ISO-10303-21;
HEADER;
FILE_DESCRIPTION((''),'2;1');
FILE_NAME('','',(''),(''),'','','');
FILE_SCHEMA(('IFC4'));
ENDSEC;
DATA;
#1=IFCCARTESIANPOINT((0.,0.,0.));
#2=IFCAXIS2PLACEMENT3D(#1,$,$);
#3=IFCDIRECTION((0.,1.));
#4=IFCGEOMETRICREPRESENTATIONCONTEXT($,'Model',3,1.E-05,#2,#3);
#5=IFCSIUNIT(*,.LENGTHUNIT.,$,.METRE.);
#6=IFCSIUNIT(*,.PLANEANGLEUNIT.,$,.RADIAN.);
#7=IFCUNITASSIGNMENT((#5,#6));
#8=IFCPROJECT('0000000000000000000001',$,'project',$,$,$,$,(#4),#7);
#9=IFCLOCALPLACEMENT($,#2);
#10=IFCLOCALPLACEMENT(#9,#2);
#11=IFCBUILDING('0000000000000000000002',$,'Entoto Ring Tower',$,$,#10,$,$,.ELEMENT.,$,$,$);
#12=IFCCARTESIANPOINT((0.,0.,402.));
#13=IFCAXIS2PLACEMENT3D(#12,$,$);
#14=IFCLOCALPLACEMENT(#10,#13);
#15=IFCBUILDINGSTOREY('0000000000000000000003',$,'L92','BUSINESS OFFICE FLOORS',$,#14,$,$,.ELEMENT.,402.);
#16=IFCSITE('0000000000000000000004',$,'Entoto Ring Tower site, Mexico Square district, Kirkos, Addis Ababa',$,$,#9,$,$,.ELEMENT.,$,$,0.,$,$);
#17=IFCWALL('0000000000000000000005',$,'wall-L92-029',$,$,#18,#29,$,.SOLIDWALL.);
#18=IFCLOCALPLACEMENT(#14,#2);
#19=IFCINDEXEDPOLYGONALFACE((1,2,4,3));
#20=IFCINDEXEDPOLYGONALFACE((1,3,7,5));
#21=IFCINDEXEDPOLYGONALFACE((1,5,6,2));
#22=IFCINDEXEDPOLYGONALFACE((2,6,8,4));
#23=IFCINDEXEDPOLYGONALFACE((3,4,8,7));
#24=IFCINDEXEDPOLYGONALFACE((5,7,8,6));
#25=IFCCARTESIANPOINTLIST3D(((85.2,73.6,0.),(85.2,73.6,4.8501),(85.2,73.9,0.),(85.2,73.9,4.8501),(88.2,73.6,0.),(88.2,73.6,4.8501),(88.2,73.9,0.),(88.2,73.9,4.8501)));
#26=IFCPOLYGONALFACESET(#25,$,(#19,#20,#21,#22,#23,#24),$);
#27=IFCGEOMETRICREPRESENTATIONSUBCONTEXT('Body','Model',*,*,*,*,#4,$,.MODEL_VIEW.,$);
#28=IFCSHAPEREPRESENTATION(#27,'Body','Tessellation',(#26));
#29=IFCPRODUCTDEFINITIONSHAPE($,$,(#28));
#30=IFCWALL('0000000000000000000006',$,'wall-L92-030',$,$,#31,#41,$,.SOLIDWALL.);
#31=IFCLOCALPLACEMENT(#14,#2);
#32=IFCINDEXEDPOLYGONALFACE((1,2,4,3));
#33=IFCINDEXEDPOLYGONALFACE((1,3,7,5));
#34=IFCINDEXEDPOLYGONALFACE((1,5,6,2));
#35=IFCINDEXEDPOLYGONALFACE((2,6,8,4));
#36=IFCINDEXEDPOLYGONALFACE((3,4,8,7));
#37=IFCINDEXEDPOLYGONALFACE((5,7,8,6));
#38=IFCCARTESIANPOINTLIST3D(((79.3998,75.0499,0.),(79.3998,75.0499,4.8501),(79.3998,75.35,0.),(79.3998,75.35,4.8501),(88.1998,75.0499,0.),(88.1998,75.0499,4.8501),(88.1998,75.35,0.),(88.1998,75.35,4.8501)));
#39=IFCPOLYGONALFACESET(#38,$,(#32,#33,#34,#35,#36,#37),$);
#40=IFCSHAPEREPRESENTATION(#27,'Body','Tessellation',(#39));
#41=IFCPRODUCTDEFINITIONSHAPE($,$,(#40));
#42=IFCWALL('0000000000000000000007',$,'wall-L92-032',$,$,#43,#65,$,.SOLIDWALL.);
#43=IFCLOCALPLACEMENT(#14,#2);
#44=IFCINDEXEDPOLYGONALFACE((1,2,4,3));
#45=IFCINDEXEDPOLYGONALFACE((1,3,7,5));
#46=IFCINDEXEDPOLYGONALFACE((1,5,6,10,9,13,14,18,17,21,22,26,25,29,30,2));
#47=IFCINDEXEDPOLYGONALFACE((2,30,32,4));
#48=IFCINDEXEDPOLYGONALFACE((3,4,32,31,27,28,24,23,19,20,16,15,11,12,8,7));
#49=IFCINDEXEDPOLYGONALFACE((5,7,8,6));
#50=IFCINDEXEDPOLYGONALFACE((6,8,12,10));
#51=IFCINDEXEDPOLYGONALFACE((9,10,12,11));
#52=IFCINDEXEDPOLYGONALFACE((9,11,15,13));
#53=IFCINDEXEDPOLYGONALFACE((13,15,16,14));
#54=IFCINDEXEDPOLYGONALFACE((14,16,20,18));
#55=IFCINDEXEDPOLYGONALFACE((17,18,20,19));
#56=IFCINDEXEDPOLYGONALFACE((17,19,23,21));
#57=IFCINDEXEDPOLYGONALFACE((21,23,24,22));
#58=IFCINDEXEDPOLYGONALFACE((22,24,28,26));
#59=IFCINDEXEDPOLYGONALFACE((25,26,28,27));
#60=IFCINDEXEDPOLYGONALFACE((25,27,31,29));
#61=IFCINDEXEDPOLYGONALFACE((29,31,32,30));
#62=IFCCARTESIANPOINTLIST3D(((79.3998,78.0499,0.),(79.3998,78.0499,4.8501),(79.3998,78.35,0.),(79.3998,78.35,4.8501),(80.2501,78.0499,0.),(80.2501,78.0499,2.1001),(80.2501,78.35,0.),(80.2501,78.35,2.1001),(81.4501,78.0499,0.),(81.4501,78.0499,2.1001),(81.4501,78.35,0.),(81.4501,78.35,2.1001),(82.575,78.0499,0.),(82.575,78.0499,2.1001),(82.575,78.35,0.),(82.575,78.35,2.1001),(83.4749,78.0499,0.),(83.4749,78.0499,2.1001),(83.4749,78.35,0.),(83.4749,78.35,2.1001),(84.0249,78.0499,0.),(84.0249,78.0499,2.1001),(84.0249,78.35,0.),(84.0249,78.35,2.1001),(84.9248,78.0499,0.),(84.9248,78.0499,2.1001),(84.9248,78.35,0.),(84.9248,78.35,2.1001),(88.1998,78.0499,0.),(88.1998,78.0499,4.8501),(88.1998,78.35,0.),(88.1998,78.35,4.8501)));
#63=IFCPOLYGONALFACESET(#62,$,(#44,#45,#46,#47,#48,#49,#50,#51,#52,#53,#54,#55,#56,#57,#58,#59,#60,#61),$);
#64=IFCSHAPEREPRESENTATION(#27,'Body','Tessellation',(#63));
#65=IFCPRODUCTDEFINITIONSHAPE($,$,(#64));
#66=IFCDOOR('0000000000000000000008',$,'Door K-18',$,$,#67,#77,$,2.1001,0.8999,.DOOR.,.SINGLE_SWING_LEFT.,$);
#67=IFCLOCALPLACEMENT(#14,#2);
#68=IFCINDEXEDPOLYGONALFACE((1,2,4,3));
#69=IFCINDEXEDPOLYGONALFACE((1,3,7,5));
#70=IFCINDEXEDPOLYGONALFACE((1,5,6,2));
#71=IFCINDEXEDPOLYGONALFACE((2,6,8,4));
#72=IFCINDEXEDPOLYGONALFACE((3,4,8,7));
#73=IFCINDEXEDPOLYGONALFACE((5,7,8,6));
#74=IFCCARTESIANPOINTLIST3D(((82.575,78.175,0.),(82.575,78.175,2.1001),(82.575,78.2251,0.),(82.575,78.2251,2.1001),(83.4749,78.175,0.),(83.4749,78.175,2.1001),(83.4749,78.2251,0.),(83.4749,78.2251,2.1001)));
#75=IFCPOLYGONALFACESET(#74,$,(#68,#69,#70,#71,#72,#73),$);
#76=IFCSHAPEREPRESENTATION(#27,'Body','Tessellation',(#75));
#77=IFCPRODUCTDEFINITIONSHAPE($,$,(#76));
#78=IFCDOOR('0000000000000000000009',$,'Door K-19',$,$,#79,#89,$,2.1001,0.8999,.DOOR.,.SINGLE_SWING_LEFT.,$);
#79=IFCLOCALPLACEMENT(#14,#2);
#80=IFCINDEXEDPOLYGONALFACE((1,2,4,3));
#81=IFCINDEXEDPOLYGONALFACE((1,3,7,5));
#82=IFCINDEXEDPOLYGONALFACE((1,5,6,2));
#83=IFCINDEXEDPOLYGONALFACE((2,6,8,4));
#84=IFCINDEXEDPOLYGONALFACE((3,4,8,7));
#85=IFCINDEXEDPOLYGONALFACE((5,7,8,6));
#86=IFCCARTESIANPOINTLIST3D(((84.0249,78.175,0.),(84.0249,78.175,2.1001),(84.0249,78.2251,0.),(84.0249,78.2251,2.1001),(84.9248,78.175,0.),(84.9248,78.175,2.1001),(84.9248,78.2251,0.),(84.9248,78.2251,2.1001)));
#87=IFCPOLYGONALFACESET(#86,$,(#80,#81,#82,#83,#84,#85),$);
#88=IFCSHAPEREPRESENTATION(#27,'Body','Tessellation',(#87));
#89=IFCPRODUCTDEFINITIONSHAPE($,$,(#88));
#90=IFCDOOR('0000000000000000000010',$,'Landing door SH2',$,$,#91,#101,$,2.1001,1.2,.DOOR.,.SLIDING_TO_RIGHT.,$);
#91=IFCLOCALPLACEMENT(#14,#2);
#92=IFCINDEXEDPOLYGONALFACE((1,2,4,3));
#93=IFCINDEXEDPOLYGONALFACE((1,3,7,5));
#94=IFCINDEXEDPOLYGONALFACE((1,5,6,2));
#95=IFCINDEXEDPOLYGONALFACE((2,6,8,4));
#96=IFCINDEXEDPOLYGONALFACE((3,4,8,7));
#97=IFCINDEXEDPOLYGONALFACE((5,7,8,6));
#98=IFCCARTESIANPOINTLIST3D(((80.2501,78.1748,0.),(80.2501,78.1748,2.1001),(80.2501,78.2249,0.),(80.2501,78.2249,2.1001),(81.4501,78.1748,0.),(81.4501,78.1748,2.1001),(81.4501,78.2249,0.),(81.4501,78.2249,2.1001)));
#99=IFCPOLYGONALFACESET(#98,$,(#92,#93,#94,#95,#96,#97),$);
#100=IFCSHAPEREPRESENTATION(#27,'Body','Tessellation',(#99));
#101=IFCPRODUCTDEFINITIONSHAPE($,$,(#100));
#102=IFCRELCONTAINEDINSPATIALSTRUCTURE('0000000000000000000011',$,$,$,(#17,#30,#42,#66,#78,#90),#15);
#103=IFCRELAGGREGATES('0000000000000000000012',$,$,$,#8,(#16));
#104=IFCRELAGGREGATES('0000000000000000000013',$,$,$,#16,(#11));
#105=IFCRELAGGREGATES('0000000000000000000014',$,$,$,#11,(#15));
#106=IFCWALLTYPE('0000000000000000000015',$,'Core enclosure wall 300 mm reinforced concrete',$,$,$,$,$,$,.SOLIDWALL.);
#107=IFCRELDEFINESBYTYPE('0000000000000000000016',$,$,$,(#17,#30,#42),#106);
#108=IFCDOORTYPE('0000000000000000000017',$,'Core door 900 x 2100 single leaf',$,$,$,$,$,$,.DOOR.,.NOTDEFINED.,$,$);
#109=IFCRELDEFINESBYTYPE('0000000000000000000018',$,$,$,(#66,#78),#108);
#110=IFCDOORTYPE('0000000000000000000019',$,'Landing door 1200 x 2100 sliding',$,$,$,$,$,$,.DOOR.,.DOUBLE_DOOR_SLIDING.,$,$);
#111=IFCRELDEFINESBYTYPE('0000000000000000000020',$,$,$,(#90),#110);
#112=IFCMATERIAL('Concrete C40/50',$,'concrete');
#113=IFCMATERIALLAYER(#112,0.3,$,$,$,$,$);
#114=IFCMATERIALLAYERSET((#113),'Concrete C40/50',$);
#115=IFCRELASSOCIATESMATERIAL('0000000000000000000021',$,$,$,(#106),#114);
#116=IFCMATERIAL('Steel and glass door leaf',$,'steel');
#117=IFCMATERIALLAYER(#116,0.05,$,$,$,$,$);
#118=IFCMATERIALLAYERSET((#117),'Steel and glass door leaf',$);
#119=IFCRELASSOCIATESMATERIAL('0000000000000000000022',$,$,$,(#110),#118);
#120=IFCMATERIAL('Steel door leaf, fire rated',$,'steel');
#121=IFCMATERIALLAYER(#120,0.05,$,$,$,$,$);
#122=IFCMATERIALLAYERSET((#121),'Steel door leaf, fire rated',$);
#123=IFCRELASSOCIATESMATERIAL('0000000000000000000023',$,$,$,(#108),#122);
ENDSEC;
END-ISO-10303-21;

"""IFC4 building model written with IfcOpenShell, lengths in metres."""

from ifc_helpers import new_model, si_unit, direction, frame, frame_2d, origin, place, context, subcontext, project, spatial, rectangle, extrude, material, layer, layer_set, type_object, element, fill, save


model = new_model("IFC4")

# Units and contexts
model_context = context("Model", 3, precision=1e-05, world=origin(), true_north=direction((0.0, 1.0)))
body_context = subcontext(model_context, "Body", "Model", "MODEL_VIEW")
ifc_project = project(units=[si_unit("LENGTHUNIT", "METRE"), si_unit("PLANEANGLEUNIT", "RADIAN")], contexts=[model_context])

# Site, building, storey
site_placement = place(None, origin())
site = spatial("IfcSite", under=ifc_project, at=site_placement, Name="Entoto Ring Tower site, Mexico Square district, Kirkos, Addis Ababa", CompositionType="ELEMENT", RefElevation=0.0)
building_placement = place(site_placement, origin())
building = spatial("IfcBuilding", under=site, at=building_placement, Name="Entoto Ring Tower", CompositionType="ELEMENT")
storey_placement = place(building_placement, frame((0.0, 0.0, 402.0)))
storey = spatial("IfcBuildingStorey", under=building, at=storey_placement, Name="L92", Description="BUSINESS OFFICE FLOORS", CompositionType="ELEMENT", Elevation=402.0)

# Shared definitions
ifc_material_1 = material(Name="Concrete C40/50", Category="concrete")
ifc_layer_1 = layer(ifc_material_1, 0.3)
ifc_layer_set_1 = layer_set([ifc_layer_1], Name="Concrete C40/50")
wall_type = type_object("IfcWallType", Name="Core enclosure wall 300 mm reinforced concrete", PredefinedType="SOLIDWALL", material=ifc_layer_set_1)
ifc_material_2 = material(Name="Steel and glass door leaf", Category="steel")
ifc_layer_2 = layer(ifc_material_2, 0.05)
ifc_layer_set_2 = layer_set([ifc_layer_2], Name="Steel and glass door leaf")
door_type_1 = type_object("IfcDoorType", Name="Landing door 1200 x 2100 sliding", OperationType="DOUBLE_DOOR_SLIDING", PredefinedType="DOOR", material=ifc_layer_set_2)

# Walls
wall_1_placement = place(storey_placement, frame((85.2, 73.75, 0.0), z_axis=(0.0, 0.0, 1.0), x_axis=(1.0, 0.0, 0.0)))
element("IfcWall", 1, at=wall_1_placement, inside=storey, type_object=wall_type, Name="wall-L92-029", PredefinedType="SOLIDWALL", context=body_context, shape_type="SweptSolid", body=[
    extrude(rectangle(XDim=3.0, YDim=0.3, at=frame_2d((1.5, 0.0))), origin(), (0.0, 0.0, 1.0), 4.8501),
])
wall_2_placement = place(storey_placement, frame((79.3999, 75.2, 0.0), z_axis=(0.0, 0.0, 1.0), x_axis=(1.0, 0.0, 0.0)))
element("IfcWall", 2, at=wall_2_placement, inside=storey, type_object=wall_type, Name="wall-L92-030", PredefinedType="SOLIDWALL", context=body_context, shape_type="SweptSolid", body=[
    extrude(rectangle(XDim=8.8, YDim=0.3, at=frame_2d((4.3999, 0.0))), origin(), (0.0, 0.0, 1.0), 4.8501),
])

# Wall, openings, doors
wall_3_placement = place(storey_placement, frame((79.3999, 78.2, 0.0), z_axis=(0.0, 0.0, 1.0), x_axis=(1.0, 0.0, 0.0)))
wall_3 = element("IfcWall", 3, at=wall_3_placement, inside=storey, type_object=wall_type, Name="wall-L92-032", PredefinedType="SOLIDWALL", context=body_context, shape_type="SweptSolid", body=[
    extrude(rectangle(XDim=8.8, YDim=0.3, at=frame_2d((4.3999, 0.0))), origin(), (0.0, 0.0, 1.0), 4.8501),
])
opening_1_placement = place(wall_3_placement, frame((0.8501, 0.0, 0.0)))
opening_1 = element("IfcOpeningElement", 4, at=opening_1_placement, cuts=wall_3, PredefinedType="OPENING", context=body_context, shape_type="SweptSolid", body=[
    extrude(rectangle(XDim=1.2, YDim=2.1001, at=frame_2d((0.6001, 1.05))), frame((0.0, 0.1602, 0.0), z_axis=(0.0, -1.0, 0.0), x_axis=(1.0, 0.0, 0.0)), (0.0, 0.0, 1.0), 0.3201),
])
opening_2_placement = place(wall_3_placement, frame((3.175, 0.0, 0.0)))
opening_2 = element("IfcOpeningElement", 5, at=opening_2_placement, cuts=wall_3, PredefinedType="OPENING", context=body_context, shape_type="SweptSolid", body=[
    extrude(rectangle(XDim=0.8999, YDim=2.1001, at=frame_2d((0.45, 1.05))), frame((0.0, 0.1602, 0.0), z_axis=(0.0, -1.0, 0.0), x_axis=(1.0, 0.0, 0.0)), (0.0, 0.0, 1.0), 0.3201),
])
opening_3_placement = place(wall_3_placement, frame((4.625, 0.0, 0.0)))
opening_3 = element("IfcOpeningElement", 6, at=opening_3_placement, cuts=wall_3, PredefinedType="OPENING", context=body_context, shape_type="SweptSolid", body=[
    extrude(rectangle(XDim=0.8999, YDim=2.1001, at=frame_2d((0.45, 1.05))), frame((0.0, 0.1602, 0.0), z_axis=(0.0, -1.0, 0.0), x_axis=(1.0, 0.0, 0.0)), (0.0, 0.0, 1.0), 0.3201),
])
ifc_material_3 = material(Name="Steel door leaf, fire rated", Category="steel")
ifc_layer_3 = layer(ifc_material_3, 0.05)
ifc_layer_set_3 = layer_set([ifc_layer_3], Name="Steel door leaf, fire rated")
door_type_2 = type_object("IfcDoorType", Name="Core door 900 x 2100 single leaf", OperationType="NOTDEFINED", PredefinedType="DOOR", material=ifc_layer_set_3)
door_1_placement = place(opening_2_placement, frame((0.8999, 0.0, 0.0), z_axis=(0.0, 0.0, 1.0), x_axis=(-1.0, 0.0, 0.0)))
door_1 = element("IfcDoor", 7, at=door_1_placement, inside=storey, type_object=door_type_2, Name="Door K-18", OperationType="SINGLE_SWING_LEFT", OverallHeight=2.1001, OverallWidth=0.8999, PredefinedType="DOOR", context=body_context, shape_type="SweptSolid", body=[
    extrude(rectangle(XDim=0.8999, YDim=2.1001, at=frame_2d((0.45, 1.05))), frame((0.0, 0.0249, 0.0), z_axis=(0.0, -1.0, 0.0), x_axis=(1.0, 0.0, 0.0)), (0.0, 0.0, 1.0), 0.05),
])
fill(opening_2, door_1)
door_2_placement = place(opening_3_placement, frame((0.8999, 0.0, 0.0), z_axis=(0.0, 0.0, 1.0), x_axis=(-1.0, 0.0, 0.0)))
door_2 = element("IfcDoor", 8, at=door_2_placement, inside=storey, type_object=door_type_2, Name="Door K-19", OperationType="SINGLE_SWING_LEFT", OverallHeight=2.1001, OverallWidth=0.8999, PredefinedType="DOOR", context=body_context, shape_type="SweptSolid", body=[
    extrude(rectangle(XDim=0.8999, YDim=2.1001, at=frame_2d((0.45, 1.05))), frame((0.0, 0.0249, 0.0), z_axis=(0.0, -1.0, 0.0), x_axis=(1.0, 0.0, 0.0)), (0.0, 0.0, 1.0), 0.05),
])
fill(opening_3, door_2)
door_3_placement = place(opening_1_placement, origin())
door_3 = element("IfcDoor", 9, at=door_3_placement, inside=storey, type_object=door_type_1, Name="Landing door SH2", OperationType="SLIDING_TO_RIGHT", OverallHeight=2.1001, OverallWidth=1.2, PredefinedType="DOOR", context=body_context, shape_type="SweptSolid", body=[
    extrude(rectangle(XDim=1.2, YDim=2.1001, at=frame_2d((0.6001, 1.05))), frame((0.0, 0.0249, 0.0), z_axis=(0.0, -1.0, 0.0), x_axis=(1.0, 0.0, 0.0)), (0.0, 0.0, 1.0), 0.05),
])
fill(opening_1, door_3)

save(model, "model.ifc")
